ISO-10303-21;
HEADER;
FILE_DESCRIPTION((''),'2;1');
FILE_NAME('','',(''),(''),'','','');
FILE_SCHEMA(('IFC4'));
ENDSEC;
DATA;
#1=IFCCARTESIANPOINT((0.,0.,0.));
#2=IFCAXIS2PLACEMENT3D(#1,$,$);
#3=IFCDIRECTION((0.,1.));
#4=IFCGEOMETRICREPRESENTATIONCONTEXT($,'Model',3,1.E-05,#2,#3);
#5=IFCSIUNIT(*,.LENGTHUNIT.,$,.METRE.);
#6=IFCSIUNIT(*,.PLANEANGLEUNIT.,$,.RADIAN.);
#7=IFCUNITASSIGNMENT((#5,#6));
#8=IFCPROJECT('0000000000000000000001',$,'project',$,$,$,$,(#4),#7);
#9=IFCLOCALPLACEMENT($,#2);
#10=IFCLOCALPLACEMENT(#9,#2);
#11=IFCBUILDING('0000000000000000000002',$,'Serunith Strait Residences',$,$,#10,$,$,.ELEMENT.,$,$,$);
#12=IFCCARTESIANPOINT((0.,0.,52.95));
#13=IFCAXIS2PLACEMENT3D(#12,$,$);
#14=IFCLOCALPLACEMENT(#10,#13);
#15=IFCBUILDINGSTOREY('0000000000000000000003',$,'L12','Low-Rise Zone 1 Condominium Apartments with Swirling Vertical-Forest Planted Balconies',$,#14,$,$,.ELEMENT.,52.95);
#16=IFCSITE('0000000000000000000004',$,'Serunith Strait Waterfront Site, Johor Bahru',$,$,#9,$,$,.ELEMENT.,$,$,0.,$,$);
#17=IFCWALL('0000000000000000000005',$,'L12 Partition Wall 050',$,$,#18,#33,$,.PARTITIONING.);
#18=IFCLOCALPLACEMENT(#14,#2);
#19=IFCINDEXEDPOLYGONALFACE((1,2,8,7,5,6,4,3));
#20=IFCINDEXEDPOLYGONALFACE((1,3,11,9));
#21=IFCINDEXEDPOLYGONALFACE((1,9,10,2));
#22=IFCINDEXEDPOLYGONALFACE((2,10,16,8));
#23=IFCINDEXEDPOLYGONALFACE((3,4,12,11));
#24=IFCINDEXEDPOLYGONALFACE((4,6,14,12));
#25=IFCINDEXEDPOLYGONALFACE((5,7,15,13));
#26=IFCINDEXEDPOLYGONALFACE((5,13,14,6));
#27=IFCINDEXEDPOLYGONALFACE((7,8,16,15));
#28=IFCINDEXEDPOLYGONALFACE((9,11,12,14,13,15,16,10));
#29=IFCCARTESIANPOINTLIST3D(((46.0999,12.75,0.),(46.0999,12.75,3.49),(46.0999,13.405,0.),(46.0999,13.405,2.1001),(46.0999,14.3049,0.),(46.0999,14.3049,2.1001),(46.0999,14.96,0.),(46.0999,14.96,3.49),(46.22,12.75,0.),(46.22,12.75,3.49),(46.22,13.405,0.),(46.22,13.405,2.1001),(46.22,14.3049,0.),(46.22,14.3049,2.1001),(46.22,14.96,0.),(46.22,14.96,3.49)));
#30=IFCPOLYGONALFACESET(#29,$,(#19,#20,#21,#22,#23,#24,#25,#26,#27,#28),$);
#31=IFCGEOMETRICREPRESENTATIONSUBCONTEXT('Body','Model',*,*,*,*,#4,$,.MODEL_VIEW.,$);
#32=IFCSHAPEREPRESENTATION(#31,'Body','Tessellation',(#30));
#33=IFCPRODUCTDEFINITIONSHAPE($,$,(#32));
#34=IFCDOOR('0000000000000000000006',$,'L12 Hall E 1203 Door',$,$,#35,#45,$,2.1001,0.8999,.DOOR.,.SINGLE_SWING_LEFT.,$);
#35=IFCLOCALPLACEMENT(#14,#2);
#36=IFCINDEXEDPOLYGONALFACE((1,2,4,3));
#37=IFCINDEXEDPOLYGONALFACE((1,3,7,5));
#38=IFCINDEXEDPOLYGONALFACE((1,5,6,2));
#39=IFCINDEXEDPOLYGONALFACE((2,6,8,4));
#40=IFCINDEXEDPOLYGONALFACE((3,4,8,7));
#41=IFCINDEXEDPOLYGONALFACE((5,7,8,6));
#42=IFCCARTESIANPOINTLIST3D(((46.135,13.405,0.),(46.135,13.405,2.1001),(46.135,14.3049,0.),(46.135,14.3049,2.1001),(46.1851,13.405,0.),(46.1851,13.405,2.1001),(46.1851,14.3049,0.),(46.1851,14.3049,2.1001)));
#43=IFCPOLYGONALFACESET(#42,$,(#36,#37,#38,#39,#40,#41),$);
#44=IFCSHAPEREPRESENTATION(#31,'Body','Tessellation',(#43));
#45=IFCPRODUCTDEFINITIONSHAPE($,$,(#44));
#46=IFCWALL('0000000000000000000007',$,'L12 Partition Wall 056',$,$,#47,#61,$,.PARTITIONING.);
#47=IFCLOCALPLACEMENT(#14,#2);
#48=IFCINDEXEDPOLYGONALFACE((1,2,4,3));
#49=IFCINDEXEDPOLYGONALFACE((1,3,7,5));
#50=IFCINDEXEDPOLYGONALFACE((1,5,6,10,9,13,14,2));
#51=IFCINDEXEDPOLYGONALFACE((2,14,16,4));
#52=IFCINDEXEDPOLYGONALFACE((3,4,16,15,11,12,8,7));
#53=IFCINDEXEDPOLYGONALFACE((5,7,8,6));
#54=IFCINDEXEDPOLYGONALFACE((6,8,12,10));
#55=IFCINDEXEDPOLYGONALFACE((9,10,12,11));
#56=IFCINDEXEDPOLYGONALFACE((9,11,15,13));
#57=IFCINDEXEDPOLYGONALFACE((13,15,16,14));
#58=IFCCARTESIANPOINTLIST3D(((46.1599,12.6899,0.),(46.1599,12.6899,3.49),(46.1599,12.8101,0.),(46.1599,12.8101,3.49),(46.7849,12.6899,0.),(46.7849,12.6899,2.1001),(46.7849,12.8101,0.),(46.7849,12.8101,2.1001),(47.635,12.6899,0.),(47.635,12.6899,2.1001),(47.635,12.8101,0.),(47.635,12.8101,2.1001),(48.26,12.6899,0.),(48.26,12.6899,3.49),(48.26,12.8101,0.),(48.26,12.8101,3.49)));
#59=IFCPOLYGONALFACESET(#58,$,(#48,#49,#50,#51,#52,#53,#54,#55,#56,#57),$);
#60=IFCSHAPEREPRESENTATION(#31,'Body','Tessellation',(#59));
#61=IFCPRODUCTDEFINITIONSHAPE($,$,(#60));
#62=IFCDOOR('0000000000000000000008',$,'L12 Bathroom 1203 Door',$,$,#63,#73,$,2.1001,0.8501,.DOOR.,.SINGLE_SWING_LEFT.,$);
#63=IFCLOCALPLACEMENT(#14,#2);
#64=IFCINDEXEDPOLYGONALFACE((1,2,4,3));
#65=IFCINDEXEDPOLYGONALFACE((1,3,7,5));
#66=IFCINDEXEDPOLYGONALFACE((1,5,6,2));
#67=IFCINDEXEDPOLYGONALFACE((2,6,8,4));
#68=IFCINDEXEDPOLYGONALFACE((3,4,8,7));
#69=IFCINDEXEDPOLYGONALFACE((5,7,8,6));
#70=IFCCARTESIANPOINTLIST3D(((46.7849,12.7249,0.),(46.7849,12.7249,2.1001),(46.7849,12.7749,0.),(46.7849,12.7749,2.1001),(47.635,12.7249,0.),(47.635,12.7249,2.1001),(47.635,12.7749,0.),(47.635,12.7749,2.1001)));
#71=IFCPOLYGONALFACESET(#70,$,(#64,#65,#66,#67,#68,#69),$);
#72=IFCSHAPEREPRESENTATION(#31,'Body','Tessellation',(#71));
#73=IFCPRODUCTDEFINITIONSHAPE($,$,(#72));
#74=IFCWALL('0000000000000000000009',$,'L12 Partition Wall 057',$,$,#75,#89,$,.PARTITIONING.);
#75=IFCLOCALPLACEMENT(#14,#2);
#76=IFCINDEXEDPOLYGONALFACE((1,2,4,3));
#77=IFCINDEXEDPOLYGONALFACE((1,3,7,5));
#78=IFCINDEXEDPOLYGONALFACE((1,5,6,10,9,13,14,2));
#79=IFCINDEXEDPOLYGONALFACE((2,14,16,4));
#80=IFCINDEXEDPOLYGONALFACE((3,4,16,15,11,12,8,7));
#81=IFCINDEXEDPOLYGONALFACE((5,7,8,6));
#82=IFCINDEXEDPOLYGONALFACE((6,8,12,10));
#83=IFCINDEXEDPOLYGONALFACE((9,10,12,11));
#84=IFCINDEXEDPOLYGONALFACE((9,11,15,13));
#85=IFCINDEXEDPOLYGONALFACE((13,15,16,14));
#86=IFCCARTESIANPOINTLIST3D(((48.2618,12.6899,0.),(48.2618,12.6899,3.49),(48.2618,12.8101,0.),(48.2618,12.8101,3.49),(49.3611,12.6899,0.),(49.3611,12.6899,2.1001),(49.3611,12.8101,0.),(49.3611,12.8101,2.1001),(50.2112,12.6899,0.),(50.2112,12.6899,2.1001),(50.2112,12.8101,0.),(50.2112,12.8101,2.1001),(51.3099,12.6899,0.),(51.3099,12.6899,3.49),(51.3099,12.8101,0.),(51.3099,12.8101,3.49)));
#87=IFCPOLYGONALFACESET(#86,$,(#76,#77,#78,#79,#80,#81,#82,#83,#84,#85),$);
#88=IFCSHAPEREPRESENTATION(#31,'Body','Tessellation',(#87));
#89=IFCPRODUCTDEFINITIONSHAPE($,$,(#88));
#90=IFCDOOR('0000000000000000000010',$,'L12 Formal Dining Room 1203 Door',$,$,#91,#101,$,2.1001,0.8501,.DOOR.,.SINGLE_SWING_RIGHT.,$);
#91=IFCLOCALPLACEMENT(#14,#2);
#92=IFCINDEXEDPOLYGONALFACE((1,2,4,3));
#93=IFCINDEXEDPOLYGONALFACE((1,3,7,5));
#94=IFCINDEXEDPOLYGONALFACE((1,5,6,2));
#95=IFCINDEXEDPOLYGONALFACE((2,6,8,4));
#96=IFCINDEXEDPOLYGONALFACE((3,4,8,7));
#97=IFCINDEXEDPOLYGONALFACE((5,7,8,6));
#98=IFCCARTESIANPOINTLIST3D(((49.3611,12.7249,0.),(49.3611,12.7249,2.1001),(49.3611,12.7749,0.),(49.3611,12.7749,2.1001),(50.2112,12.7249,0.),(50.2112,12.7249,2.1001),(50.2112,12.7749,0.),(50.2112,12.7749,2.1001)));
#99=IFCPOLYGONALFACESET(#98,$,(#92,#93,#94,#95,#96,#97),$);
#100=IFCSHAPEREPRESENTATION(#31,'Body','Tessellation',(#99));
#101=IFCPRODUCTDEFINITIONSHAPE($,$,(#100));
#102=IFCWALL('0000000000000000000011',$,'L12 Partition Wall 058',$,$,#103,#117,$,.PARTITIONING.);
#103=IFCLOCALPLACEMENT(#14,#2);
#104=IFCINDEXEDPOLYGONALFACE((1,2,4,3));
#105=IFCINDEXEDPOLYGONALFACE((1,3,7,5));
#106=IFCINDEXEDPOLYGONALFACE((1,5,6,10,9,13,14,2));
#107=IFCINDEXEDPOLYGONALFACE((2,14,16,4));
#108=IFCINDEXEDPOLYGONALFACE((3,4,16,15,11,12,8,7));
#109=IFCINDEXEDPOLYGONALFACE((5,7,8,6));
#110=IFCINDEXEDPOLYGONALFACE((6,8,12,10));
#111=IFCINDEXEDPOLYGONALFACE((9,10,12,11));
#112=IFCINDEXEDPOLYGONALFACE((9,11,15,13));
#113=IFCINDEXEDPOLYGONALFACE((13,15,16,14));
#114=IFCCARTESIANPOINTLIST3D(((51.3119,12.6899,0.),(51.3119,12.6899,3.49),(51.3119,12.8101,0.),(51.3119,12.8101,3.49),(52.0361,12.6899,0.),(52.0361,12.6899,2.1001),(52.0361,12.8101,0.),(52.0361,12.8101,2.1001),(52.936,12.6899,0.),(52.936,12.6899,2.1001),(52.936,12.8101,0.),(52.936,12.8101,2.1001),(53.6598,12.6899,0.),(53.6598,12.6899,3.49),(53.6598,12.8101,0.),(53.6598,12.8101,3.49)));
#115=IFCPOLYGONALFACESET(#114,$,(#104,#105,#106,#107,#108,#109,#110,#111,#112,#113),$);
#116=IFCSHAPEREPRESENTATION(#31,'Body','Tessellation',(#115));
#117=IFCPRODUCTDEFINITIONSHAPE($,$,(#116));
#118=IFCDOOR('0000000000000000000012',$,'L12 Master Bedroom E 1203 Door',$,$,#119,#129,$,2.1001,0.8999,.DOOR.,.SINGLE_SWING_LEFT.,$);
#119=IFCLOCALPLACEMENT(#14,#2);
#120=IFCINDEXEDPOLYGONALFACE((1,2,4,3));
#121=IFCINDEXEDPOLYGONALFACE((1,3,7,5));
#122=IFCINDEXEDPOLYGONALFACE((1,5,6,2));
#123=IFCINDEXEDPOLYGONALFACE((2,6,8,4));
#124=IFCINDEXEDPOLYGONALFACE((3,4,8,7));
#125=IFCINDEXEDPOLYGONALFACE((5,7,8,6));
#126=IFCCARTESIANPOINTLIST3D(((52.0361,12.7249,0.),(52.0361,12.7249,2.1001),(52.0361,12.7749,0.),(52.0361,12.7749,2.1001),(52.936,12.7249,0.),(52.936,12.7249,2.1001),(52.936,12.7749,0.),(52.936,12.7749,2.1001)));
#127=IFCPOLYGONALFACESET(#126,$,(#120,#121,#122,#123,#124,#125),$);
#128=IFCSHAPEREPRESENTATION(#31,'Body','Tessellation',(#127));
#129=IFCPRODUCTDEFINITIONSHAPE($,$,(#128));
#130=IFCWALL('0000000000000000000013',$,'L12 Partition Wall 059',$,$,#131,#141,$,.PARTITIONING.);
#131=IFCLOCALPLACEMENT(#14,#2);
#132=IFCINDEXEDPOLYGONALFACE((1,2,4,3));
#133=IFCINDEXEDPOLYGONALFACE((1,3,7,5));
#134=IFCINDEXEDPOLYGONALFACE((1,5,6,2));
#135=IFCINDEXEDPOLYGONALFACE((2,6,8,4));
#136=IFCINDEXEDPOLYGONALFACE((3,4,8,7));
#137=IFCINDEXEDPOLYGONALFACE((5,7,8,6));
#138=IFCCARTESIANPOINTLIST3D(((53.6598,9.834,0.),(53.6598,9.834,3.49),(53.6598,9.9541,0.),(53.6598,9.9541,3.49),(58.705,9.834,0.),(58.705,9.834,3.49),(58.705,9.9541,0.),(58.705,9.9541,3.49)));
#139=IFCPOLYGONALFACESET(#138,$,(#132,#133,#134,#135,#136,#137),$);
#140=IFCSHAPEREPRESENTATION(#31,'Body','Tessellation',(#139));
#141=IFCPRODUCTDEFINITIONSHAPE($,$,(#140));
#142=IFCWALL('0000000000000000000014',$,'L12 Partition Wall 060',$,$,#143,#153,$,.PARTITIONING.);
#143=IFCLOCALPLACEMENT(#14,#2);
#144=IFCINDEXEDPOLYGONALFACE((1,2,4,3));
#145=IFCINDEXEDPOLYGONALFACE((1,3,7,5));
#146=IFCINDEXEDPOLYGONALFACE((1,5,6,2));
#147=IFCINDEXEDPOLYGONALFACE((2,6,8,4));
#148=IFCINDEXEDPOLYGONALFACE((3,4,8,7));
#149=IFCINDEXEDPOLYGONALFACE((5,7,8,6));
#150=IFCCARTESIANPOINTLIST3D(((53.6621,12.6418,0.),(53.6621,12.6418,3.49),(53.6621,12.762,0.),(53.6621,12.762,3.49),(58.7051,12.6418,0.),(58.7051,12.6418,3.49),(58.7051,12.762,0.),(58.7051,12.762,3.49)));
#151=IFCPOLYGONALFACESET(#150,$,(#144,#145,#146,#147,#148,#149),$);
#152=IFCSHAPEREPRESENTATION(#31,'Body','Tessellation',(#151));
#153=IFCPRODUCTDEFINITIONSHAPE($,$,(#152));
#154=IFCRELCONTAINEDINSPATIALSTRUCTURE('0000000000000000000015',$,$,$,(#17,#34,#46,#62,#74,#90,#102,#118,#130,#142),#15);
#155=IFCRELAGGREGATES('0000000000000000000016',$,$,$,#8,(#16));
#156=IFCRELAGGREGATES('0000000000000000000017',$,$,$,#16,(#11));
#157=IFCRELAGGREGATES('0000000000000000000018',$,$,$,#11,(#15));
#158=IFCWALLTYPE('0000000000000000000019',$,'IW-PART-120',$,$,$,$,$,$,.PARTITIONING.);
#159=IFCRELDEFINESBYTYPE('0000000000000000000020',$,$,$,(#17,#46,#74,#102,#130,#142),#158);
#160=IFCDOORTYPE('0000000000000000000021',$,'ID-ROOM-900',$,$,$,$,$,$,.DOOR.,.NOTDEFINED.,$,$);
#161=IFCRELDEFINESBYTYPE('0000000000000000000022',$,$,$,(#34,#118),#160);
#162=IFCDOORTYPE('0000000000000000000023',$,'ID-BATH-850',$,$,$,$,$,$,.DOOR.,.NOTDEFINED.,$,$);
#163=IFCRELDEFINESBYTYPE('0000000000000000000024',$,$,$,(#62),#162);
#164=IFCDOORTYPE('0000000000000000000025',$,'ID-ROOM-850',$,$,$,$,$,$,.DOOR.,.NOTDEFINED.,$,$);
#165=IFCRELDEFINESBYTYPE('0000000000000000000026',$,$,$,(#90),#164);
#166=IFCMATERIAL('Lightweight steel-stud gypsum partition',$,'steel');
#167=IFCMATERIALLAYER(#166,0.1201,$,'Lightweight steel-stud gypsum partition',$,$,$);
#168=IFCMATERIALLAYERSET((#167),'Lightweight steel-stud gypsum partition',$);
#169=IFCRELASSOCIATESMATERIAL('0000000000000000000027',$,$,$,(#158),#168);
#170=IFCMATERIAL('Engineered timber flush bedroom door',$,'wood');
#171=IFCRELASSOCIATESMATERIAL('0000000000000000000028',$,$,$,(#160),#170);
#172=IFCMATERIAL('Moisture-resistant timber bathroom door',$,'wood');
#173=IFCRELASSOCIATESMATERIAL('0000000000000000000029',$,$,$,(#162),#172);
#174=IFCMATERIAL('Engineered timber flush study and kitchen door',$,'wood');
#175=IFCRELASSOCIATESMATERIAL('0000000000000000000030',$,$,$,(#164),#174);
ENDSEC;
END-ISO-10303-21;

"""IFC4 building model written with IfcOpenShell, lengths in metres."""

from ifc_helpers import new_model, si_unit, direction, frame, frame_2d, origin, place, context, subcontext, project, spatial, rectangle, extrude, source, transform, mapped, material, layer, layer_set, type_object, element, fill, save


model = new_model("IFC4")

# Units and contexts
model_context = context("Model", 3, precision=1e-05, world=origin(), true_north=direction((0.0, 1.0)))
body_context = subcontext(model_context, "Body", "Model", "MODEL_VIEW")
ifc_project = project(units=[si_unit("LENGTHUNIT", "METRE"), si_unit("PLANEANGLEUNIT", "RADIAN")], contexts=[model_context])

# Site, building, storey
site_placement = place(None, origin())
site = spatial("IfcSite", under=ifc_project, at=site_placement, Name="Serunith Strait Waterfront Site, Johor Bahru", CompositionType="ELEMENT", RefElevation=0.0)
building_placement = place(site_placement, origin())
building = spatial("IfcBuilding", under=site, at=building_placement, Name="Serunith Strait Residences", CompositionType="ELEMENT")
storey_placement = place(building_placement, frame((0.0, 0.0, 52.95)))
storey = spatial("IfcBuildingStorey", under=building, at=storey_placement, Name="L12", Description="Low-Rise Zone 1 Condominium Apartments with Swirling Vertical-Forest Planted Balconies", CompositionType="ELEMENT", Elevation=52.95)

# Walls, openings, doors
ifc_material_1 = material(Name="Lightweight steel-stud gypsum partition", Category="steel")
ifc_layer_1 = layer(ifc_material_1, 0.1201, Name="Lightweight steel-stud gypsum partition")
ifc_layer_set_1 = layer_set([ifc_layer_1], Name="Lightweight steel-stud gypsum partition")
wall_type = type_object("IfcWallType", Name="IW-PART-120", PredefinedType="PARTITIONING", material=ifc_layer_set_1)
wall_1_placement = place(storey_placement, frame((46.1599, 12.75, 0.0), z_axis=(0.0, 0.0, 1.0), x_axis=(0.0, 1.0, 0.0)))
wall_1 = element("IfcWall", 1, at=wall_1_placement, inside=storey, type_object=wall_type, Name="L12 Partition Wall 050", PredefinedType="PARTITIONING", context=body_context, shape_type="SweptSolid", body=[
    extrude(rectangle(XDim=2.21, YDim=0.1201, at=frame_2d((1.105, 0.0))), origin(), (0.0, 0.0, 1.0), 3.49),
])
opening_1_placement = place(wall_1_placement, frame((0.655, 0.0, 0.0)))
opening_1 = element("IfcOpeningElement", 2, at=opening_1_placement, cuts=wall_1, PredefinedType="OPENING", context=body_context, shape_type="SweptSolid", body=[
    extrude(rectangle(XDim=0.8999, YDim=2.1001, at=frame_2d((0.45, 1.05))), frame((0.0, 0.0701, 0.0), z_axis=(0.0, -1.0, 0.0), x_axis=(1.0, 0.0, 0.0)), (0.0, 0.0, 1.0), 0.1401),
])
ifc_material_2 = material(Name="Engineered timber flush bedroom door", Category="wood")
door_type_1 = type_object("IfcDoorType", Name="ID-ROOM-900", OperationType="NOTDEFINED", PredefinedType="DOOR", material=ifc_material_2)
shared_shape_1 = source(origin(), body_context, "Body", "SweptSolid", [
    extrude(rectangle(XDim=0.8999, YDim=2.1001, at=frame_2d((0.45, 1.05))), frame((0.0, 0.0249, 0.0), z_axis=(0.0, -1.0, 0.0), x_axis=(1.0, 0.0, 0.0)), (0.0, 0.0, 1.0), 0.05),
])
door_1_placement = place(opening_1_placement, origin())
door_1 = element("IfcDoor", 3, at=door_1_placement, inside=storey, type_object=door_type_1, Name="L12 Hall E 1203 Door", OperationType="SINGLE_SWING_LEFT", OverallHeight=2.1001, OverallWidth=0.8999, PredefinedType="DOOR", context=body_context, shape_type="MappedRepresentation", body=[
    mapped(shared_shape_1, transform((0.0, 0.0, 0.0), scale=1.0)),
])
fill(opening_1, door_1)
wall_2_placement = place(storey_placement, frame((46.1599, 12.75, 0.0), z_axis=(0.0, 0.0, 1.0), x_axis=(1.0, 0.0, 0.0)))
wall_2 = element("IfcWall", 4, at=wall_2_placement, inside=storey, type_object=wall_type, Name="L12 Partition Wall 056", PredefinedType="PARTITIONING", context=body_context, shape_type="SweptSolid", body=[
    extrude(rectangle(XDim=2.1001, YDim=0.1201, at=frame_2d((1.05, 0.0))), origin(), (0.0, 0.0, 1.0), 3.49),
])
opening_2_placement = place(wall_2_placement, frame((0.625, 0.0, 0.0)))
opening_2 = element("IfcOpeningElement", 5, at=opening_2_placement, cuts=wall_2, PredefinedType="OPENING", context=body_context, shape_type="SweptSolid", body=[
    extrude(rectangle(XDim=0.8501, YDim=2.1001, at=frame_2d((0.425, 1.05))), frame((0.0, 0.0701, 0.0), z_axis=(0.0, -1.0, 0.0), x_axis=(1.0, 0.0, 0.0)), (0.0, 0.0, 1.0), 0.1401),
])
ifc_material_3 = material(Name="Moisture-resistant timber bathroom door", Category="wood")
door_type_2 = type_object("IfcDoorType", Name="ID-BATH-850", OperationType="NOTDEFINED", PredefinedType="DOOR", material=ifc_material_3)
shared_shape_2 = source(origin(), body_context, "Body", "SweptSolid", [
    extrude(rectangle(XDim=0.8501, YDim=2.1001, at=frame_2d((0.425, 1.05))), frame((0.0, 0.0249, 0.0), z_axis=(0.0, -1.0, 0.0), x_axis=(1.0, 0.0, 0.0)), (0.0, 0.0, 1.0), 0.05),
])
door_2_placement = place(opening_2_placement, origin())
door_2 = element("IfcDoor", 6, at=door_2_placement, inside=storey, type_object=door_type_2, Name="L12 Bathroom 1203 Door", OperationType="SINGLE_SWING_LEFT", OverallHeight=2.1001, OverallWidth=0.8501, PredefinedType="DOOR", context=body_context, shape_type="MappedRepresentation", body=[
    mapped(shared_shape_2, transform((0.0, 0.0, 0.0), scale=1.0)),
])
fill(opening_2, door_2)
wall_3_placement = place(storey_placement, frame((48.262, 12.75, 0.0), z_axis=(0.0, 0.0, 1.0), x_axis=(1.0, 0.0, 0.0)))
wall_3 = element("IfcWall", 7, at=wall_3_placement, inside=storey, type_object=wall_type, Name="L12 Partition Wall 057", PredefinedType="PARTITIONING", context=body_context, shape_type="SweptSolid", body=[
    extrude(rectangle(XDim=3.0481, YDim=0.1201, at=frame_2d((1.5239, 0.0))), origin(), (0.0, 0.0, 1.0), 3.49),
])
opening_3_placement = place(wall_3_placement, frame((1.0991, 0.0, 0.0)))
opening_3 = element("IfcOpeningElement", 8, at=opening_3_placement, cuts=wall_3, PredefinedType="OPENING", context=body_context, shape_type="SweptSolid", body=[
    extrude(rectangle(XDim=0.8501, YDim=2.1001, at=frame_2d((0.425, 1.05))), frame((0.0, 0.0701, 0.0), z_axis=(0.0, -1.0, 0.0), x_axis=(1.0, 0.0, 0.0)), (0.0, 0.0, 1.0), 0.1401),
])
ifc_material_4 = material(Name="Engineered timber flush study and kitchen door", Category="wood")
door_type_3 = type_object("IfcDoorType", Name="ID-ROOM-850", OperationType="NOTDEFINED", PredefinedType="DOOR", material=ifc_material_4)
door_3_placement = place(opening_3_placement, origin())
door_3 = element("IfcDoor", 9, at=door_3_placement, inside=storey, type_object=door_type_3, Name="L12 Formal Dining Room 1203 Door", OperationType="SINGLE_SWING_RIGHT", OverallHeight=2.1001, OverallWidth=0.8501, PredefinedType="DOOR", context=body_context, shape_type="MappedRepresentation", body=[
    mapped(shared_shape_2, transform((0.0, 0.0, 0.0), scale=1.0)),
])
fill(opening_3, door_3)
wall_4_placement = place(storey_placement, frame((51.312, 12.75, 0.0), z_axis=(0.0, 0.0, 1.0), x_axis=(1.0, 0.0, 0.0)))
wall_4 = element("IfcWall", 10, at=wall_4_placement, inside=storey, type_object=wall_type, Name="L12 Partition Wall 058", PredefinedType="PARTITIONING", context=body_context, shape_type="SweptSolid", body=[
    extrude(rectangle(XDim=2.3479, YDim=0.1201, at=frame_2d((1.1738, 0.0))), origin(), (0.0, 0.0, 1.0), 3.49),
])
opening_4_placement = place(wall_4_placement, frame((0.7241, 0.0, 0.0)))
opening_4 = element("IfcOpeningElement", 11, at=opening_4_placement, cuts=wall_4, PredefinedType="OPENING", context=body_context, shape_type="SweptSolid", body=[
    extrude(rectangle(XDim=0.8999, YDim=2.1001, at=frame_2d((0.45, 1.05))), frame((0.0, 0.0701, 0.0), z_axis=(0.0, -1.0, 0.0), x_axis=(1.0, 0.0, 0.0)), (0.0, 0.0, 1.0), 0.1401),
])
door_4_placement = place(opening_4_placement, origin())
door_4 = element("IfcDoor", 12, at=door_4_placement, inside=storey, type_object=door_type_1, Name="L12 Master Bedroom E 1203 Door", OperationType="SINGLE_SWING_LEFT", OverallHeight=2.1001, OverallWidth=0.8999, PredefinedType="DOOR", context=body_context, shape_type="MappedRepresentation", body=[
    mapped(shared_shape_1, transform((0.0, 0.0, 0.0), scale=1.0)),
])
fill(opening_4, door_4)

# Walls
wall_5_placement = place(storey_placement, frame((53.6599, 9.894, 0.0), z_axis=(0.0, 0.0, 1.0), x_axis=(1.0, 0.0, 0.0)))
element("IfcWall", 13, at=wall_5_placement, inside=storey, type_object=wall_type, Name="L12 Partition Wall 059", PredefinedType="PARTITIONING", context=body_context, shape_type="SweptSolid", body=[
    extrude(rectangle(XDim=5.0452, YDim=0.1201, at=frame_2d((2.5225, 0.0))), origin(), (0.0, 0.0, 1.0), 3.49),
])
wall_6_placement = place(storey_placement, frame((53.6621, 12.7019, 0.0), z_axis=(0.0, 0.0, 1.0), x_axis=(1.0, 0.0, 0.0)))
element("IfcWall", 14, at=wall_6_placement, inside=storey, type_object=wall_type, Name="L12 Partition Wall 060", PredefinedType="PARTITIONING", context=body_context, shape_type="SweptSolid", body=[
    extrude(rectangle(XDim=5.043, YDim=0.1201, at=frame_2d((2.5215, 0.0))), origin(), (0.0, 0.0, 1.0), 3.49),
])

save(model, "model.ifc")
